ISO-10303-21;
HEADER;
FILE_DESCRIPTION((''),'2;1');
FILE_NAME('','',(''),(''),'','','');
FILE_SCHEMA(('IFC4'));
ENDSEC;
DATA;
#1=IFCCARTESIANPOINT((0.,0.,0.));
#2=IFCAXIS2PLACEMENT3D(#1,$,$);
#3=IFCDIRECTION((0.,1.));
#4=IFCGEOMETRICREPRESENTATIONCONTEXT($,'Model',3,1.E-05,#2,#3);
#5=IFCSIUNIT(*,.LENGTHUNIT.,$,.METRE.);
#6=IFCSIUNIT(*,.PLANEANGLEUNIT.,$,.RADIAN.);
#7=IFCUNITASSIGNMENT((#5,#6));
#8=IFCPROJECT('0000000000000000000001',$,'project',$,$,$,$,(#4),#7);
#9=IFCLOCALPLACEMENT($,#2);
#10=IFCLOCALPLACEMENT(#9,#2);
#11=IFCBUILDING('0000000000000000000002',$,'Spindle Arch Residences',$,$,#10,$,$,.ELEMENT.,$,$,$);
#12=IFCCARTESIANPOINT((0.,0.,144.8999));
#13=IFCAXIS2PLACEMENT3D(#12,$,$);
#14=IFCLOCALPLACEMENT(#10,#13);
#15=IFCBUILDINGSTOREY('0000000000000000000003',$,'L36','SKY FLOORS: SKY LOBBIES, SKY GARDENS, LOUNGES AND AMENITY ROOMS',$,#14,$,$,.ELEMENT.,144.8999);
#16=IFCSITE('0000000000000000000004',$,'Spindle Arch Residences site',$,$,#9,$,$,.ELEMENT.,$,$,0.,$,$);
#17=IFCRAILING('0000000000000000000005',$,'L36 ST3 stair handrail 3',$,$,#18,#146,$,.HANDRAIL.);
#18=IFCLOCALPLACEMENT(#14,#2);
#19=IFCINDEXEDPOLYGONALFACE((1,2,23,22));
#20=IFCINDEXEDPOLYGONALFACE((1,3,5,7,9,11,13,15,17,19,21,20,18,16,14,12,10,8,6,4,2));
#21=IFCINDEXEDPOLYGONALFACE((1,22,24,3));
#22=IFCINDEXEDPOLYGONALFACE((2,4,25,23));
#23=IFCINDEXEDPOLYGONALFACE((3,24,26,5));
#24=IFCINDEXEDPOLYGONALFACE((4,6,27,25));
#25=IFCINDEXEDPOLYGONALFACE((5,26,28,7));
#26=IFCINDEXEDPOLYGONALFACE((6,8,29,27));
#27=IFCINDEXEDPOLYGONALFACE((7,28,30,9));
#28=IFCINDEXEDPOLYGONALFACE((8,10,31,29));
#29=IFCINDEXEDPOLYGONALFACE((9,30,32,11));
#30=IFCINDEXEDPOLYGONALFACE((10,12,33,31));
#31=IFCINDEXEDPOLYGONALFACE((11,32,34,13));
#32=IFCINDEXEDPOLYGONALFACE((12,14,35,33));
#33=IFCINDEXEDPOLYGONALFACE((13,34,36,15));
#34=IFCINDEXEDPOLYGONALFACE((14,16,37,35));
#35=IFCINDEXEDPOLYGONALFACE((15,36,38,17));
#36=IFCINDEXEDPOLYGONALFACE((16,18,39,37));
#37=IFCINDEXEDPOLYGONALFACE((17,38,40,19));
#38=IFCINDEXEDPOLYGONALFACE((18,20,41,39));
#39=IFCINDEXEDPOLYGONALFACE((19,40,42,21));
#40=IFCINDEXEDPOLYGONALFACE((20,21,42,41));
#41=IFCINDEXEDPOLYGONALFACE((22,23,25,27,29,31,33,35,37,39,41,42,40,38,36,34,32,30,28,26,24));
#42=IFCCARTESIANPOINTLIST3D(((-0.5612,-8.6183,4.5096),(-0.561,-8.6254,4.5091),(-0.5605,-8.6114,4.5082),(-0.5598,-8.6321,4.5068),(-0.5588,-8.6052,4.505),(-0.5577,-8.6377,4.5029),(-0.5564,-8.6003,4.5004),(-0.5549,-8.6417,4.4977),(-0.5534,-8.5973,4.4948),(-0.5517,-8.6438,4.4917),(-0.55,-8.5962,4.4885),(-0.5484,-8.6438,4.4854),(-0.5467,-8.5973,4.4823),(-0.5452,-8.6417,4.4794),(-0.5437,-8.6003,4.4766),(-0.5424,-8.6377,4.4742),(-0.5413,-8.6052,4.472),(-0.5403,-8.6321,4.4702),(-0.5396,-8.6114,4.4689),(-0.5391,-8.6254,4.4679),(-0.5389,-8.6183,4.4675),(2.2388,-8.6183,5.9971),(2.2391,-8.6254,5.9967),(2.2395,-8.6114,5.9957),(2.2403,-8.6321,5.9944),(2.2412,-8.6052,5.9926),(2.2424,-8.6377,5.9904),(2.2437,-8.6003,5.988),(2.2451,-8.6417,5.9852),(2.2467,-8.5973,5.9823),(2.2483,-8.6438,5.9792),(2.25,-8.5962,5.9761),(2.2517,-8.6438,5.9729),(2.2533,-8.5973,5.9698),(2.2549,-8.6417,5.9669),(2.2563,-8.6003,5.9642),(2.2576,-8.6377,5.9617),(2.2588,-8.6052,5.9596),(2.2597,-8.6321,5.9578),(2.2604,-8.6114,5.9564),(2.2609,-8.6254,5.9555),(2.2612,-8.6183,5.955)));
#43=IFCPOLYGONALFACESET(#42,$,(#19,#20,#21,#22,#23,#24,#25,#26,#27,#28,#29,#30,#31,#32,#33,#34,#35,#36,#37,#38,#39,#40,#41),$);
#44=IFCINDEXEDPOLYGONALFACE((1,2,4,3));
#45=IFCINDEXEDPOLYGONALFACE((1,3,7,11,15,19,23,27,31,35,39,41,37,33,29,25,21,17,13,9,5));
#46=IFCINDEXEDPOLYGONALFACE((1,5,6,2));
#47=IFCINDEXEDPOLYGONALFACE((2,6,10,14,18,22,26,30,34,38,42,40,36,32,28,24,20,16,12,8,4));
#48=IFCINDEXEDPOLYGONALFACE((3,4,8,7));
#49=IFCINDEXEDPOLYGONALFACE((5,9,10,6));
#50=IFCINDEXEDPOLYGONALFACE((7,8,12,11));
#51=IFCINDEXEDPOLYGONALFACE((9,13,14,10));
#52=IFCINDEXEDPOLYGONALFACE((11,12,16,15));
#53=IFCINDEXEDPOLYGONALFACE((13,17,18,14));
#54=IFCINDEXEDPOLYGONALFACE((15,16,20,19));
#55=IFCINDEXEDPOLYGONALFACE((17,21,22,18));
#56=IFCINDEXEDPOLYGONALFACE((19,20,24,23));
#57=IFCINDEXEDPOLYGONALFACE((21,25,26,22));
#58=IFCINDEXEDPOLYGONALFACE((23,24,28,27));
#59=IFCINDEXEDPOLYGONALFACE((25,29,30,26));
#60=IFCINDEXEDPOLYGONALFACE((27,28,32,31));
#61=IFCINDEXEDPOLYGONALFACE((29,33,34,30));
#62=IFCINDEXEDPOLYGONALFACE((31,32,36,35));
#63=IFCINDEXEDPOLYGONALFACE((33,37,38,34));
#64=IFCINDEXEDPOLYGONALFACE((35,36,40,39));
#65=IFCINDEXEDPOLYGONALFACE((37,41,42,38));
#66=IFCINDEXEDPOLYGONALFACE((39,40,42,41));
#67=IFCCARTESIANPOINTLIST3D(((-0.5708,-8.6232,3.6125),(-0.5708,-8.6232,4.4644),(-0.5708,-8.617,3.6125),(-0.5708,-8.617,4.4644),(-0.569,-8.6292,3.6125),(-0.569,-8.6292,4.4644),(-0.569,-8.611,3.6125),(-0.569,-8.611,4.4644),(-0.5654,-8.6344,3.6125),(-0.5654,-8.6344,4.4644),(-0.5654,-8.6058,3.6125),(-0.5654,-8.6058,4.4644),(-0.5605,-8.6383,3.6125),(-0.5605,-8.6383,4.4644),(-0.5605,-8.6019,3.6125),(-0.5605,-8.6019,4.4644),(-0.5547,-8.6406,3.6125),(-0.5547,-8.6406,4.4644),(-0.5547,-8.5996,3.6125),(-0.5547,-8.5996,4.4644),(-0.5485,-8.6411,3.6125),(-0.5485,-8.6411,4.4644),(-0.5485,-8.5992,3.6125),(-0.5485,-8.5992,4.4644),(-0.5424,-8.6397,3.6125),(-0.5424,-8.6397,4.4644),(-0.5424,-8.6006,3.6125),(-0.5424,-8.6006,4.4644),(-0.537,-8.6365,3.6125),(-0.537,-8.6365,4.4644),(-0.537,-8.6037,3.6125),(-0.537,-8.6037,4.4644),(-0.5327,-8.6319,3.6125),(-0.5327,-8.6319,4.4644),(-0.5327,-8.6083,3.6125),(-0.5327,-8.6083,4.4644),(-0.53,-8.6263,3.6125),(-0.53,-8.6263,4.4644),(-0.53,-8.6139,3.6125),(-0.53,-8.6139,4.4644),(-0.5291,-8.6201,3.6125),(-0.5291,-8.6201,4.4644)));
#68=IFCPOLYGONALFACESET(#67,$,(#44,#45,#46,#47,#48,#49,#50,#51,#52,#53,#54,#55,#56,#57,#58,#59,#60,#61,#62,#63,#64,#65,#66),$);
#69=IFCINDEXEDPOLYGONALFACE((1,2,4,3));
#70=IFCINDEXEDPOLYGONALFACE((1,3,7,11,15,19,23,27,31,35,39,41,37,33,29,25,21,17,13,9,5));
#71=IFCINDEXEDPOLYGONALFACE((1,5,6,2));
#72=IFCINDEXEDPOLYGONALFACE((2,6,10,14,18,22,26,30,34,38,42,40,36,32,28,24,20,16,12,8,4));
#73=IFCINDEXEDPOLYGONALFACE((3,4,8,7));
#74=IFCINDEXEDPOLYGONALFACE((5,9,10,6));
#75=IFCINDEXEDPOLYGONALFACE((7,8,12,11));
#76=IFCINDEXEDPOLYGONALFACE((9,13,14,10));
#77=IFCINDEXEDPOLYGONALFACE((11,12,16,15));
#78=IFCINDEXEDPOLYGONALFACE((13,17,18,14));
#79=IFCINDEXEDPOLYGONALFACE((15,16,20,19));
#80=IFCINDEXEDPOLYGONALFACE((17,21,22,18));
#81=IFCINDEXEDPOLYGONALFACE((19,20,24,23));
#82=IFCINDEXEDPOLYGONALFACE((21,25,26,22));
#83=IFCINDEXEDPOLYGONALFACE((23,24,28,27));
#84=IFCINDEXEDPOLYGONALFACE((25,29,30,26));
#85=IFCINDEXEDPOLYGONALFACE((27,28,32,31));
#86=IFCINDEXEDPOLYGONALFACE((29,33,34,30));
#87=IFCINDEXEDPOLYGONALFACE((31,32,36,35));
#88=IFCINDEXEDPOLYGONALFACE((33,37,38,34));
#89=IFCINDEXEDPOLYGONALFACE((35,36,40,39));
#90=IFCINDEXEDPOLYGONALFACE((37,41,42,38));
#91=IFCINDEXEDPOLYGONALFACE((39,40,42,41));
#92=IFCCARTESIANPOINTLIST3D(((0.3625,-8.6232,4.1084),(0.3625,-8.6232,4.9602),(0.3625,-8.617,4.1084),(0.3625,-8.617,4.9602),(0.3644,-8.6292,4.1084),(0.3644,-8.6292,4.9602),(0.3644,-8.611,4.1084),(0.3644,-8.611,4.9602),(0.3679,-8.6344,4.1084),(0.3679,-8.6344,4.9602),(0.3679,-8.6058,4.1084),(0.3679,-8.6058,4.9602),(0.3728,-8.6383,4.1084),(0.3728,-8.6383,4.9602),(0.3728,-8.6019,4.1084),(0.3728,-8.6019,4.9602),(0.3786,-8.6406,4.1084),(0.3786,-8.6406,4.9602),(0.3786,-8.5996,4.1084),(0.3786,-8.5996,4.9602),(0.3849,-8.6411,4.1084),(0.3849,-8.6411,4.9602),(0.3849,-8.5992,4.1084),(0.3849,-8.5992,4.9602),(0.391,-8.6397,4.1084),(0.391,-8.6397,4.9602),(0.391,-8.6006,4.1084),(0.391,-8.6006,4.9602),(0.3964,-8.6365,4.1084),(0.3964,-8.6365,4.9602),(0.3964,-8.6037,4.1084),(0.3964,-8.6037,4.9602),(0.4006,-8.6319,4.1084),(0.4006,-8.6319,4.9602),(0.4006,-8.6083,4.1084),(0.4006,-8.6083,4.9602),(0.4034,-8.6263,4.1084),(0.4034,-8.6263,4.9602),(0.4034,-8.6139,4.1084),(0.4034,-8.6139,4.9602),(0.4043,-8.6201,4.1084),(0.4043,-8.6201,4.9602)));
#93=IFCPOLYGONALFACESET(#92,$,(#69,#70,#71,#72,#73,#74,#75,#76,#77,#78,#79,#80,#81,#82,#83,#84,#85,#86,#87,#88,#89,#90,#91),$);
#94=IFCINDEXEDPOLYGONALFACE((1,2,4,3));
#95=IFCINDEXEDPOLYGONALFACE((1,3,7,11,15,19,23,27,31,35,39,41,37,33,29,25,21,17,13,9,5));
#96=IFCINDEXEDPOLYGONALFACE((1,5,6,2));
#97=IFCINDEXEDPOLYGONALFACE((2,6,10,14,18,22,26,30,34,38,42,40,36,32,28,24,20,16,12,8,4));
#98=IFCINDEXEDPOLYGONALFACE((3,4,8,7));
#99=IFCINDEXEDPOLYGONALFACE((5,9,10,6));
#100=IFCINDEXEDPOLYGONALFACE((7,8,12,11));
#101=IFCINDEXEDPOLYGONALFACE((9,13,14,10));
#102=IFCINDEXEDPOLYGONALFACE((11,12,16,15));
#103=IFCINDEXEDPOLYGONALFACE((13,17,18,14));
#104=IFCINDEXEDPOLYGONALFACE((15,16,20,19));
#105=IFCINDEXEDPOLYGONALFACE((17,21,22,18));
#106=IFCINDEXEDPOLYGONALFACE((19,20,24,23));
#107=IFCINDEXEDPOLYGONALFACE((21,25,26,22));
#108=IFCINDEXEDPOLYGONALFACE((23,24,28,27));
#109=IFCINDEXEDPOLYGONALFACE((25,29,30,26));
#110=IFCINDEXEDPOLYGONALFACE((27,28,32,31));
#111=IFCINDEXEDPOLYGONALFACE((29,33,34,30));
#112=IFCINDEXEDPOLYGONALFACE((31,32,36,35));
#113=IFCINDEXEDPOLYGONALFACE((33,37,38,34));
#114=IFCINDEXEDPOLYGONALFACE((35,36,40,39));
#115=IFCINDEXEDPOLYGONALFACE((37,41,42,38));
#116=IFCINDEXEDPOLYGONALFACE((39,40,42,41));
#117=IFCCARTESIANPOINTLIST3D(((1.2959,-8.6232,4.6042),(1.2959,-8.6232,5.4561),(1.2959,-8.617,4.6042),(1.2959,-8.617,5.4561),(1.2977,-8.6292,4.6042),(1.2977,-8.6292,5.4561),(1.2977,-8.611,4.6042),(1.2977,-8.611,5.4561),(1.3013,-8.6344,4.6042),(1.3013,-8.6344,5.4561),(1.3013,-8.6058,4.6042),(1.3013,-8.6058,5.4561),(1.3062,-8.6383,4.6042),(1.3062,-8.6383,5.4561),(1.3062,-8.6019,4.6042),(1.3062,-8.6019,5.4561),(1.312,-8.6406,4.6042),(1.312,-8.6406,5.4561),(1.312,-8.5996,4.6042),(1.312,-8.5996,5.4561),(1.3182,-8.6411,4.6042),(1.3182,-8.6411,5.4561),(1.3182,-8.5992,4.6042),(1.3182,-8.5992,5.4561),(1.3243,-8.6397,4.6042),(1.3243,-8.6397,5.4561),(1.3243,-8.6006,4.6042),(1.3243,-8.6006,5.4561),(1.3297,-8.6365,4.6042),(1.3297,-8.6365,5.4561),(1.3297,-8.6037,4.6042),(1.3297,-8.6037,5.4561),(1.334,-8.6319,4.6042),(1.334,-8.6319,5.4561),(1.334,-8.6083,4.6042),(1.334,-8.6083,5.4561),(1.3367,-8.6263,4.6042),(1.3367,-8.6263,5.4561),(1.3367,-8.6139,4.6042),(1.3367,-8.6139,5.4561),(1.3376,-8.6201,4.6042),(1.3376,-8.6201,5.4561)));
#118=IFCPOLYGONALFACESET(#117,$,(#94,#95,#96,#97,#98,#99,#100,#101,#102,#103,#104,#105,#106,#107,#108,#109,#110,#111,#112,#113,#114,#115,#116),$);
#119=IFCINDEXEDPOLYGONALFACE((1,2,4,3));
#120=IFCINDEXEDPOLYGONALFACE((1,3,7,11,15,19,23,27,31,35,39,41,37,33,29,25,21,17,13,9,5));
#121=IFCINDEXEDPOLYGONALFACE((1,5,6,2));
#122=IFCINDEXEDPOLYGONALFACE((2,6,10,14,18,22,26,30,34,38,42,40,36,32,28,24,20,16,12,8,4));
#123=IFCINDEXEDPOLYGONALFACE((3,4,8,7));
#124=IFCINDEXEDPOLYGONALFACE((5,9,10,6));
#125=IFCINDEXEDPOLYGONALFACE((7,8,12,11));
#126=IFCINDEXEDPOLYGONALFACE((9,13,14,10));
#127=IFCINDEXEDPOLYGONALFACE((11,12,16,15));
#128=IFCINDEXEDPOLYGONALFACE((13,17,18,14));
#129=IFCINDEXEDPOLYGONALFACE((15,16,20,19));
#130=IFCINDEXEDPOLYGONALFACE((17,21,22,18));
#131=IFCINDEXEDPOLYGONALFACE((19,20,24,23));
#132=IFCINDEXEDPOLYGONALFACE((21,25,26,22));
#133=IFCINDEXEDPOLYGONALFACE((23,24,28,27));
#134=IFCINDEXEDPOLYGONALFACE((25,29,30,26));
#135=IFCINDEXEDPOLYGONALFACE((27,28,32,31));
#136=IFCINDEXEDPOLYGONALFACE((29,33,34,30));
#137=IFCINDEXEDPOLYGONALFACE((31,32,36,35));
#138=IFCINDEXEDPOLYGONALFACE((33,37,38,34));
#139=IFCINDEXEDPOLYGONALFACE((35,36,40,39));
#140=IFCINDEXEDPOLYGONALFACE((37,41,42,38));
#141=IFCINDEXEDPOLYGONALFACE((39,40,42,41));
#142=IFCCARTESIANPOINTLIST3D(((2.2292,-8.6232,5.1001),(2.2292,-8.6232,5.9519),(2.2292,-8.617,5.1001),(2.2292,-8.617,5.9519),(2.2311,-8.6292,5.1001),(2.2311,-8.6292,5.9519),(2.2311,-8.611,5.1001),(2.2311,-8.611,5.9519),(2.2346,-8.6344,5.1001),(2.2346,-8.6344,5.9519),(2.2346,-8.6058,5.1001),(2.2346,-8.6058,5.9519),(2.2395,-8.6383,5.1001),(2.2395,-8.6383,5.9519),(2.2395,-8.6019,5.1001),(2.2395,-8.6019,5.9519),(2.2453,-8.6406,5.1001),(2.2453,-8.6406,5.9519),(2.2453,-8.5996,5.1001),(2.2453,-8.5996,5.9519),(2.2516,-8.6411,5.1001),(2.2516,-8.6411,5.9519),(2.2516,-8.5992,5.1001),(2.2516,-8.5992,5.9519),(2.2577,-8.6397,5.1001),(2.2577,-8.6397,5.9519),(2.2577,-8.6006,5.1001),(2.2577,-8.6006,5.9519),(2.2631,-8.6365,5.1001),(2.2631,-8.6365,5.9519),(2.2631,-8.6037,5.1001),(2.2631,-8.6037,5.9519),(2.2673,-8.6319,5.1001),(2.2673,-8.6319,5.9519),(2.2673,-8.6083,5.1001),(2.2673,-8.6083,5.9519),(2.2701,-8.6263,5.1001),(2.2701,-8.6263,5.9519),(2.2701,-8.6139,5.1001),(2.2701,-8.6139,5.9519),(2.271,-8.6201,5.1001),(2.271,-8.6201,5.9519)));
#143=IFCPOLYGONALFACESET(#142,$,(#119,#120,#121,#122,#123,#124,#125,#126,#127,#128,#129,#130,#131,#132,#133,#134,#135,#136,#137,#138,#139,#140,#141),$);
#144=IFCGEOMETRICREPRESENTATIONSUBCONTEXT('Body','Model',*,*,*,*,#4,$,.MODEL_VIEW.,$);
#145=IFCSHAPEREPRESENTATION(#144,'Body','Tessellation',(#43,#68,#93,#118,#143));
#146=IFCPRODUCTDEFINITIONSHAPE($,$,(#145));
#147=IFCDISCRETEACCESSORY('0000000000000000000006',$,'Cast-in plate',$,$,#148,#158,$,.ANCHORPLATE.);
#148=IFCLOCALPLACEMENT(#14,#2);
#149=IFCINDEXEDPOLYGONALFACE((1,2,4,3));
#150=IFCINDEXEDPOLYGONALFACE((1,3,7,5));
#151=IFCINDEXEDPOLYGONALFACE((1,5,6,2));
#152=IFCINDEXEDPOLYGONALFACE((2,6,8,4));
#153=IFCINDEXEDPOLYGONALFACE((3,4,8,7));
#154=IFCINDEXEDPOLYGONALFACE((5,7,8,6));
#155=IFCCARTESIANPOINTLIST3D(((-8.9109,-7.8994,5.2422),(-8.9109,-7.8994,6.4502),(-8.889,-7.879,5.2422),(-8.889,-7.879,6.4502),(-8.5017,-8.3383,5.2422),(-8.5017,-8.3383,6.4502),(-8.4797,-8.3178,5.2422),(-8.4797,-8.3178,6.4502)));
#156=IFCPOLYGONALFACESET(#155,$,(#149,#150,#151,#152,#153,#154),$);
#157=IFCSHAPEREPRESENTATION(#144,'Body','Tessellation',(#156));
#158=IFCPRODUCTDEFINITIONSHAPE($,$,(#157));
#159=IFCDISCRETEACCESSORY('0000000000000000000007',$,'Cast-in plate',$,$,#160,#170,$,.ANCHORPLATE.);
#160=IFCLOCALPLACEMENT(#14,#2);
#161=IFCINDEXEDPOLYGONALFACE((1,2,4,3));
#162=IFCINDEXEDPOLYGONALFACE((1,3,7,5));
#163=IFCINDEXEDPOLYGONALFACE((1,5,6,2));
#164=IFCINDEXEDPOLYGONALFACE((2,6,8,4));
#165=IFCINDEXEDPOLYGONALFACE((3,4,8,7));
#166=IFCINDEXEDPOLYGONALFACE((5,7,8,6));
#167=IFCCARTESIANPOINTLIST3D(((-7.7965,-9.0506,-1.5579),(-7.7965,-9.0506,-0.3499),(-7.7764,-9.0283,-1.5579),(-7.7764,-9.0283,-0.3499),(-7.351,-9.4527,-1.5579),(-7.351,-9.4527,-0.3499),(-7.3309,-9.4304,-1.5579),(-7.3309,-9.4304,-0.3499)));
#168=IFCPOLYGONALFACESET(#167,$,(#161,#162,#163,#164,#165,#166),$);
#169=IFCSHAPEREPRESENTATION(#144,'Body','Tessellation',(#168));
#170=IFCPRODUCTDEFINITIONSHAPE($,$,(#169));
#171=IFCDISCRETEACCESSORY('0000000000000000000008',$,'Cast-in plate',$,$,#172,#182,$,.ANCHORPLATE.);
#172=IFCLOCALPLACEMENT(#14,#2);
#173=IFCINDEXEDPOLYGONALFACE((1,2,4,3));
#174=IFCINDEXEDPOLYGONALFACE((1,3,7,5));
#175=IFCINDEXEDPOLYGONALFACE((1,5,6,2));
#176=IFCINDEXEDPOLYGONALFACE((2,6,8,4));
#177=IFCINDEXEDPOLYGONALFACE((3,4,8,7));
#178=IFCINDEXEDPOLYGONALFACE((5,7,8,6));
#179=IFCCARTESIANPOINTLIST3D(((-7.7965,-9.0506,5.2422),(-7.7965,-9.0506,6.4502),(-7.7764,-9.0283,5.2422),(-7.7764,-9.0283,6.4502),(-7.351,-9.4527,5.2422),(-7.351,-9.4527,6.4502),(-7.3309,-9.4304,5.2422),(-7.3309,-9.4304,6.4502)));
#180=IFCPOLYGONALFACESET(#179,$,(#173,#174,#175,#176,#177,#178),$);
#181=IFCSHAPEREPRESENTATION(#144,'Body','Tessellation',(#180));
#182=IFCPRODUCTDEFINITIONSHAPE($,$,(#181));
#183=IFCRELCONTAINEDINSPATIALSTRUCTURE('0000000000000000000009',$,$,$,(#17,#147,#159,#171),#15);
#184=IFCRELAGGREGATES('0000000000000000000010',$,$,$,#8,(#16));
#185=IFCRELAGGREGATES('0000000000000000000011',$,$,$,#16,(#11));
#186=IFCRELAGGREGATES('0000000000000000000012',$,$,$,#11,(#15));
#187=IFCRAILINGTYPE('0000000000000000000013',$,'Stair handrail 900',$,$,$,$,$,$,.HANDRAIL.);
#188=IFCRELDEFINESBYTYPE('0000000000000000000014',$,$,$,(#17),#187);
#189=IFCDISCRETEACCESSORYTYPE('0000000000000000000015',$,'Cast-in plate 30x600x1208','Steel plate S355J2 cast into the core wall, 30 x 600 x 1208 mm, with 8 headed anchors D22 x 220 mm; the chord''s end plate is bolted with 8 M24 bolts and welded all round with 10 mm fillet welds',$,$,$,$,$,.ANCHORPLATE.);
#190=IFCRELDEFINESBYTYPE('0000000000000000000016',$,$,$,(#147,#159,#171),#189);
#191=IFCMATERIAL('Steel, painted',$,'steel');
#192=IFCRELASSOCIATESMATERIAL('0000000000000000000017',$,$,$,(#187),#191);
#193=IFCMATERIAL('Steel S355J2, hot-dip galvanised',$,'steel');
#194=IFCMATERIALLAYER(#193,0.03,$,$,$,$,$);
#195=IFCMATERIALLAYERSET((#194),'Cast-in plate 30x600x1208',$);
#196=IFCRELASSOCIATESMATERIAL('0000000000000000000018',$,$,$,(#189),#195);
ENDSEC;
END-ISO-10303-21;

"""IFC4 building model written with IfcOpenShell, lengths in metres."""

from ifc_helpers import new_model, si_unit, direction, frame, origin, origin_2d, place, context, subcontext, project, spatial, rectangle, circle, extrude, material, layer, layer_set, type_object, element, save


model = new_model("IFC4")

# Units and contexts
model_context = context("Model", 3, precision=1e-05, world=origin(), true_north=direction((0.0, 1.0)))
body_context = subcontext(model_context, "Body", "Model", "MODEL_VIEW")
ifc_project = project(units=[si_unit("LENGTHUNIT", "METRE"), si_unit("PLANEANGLEUNIT", "RADIAN")], contexts=[model_context])

# Site, building, storey
site_placement = place(None, origin())
site = spatial("IfcSite", under=ifc_project, at=site_placement, Name="Spindle Arch Residences site", CompositionType="ELEMENT", RefElevation=0.0)
building_placement = place(site_placement, origin())
building = spatial("IfcBuilding", under=site, at=building_placement, Name="Spindle Arch Residences", CompositionType="ELEMENT")
storey_placement = place(building_placement, frame((0.0, 0.0, 144.8999)))
storey = spatial("IfcBuildingStorey", under=building, at=storey_placement, Name="L36", Description="SKY FLOORS: SKY LOBBIES, SKY GARDENS, LOUNGES AND AMENITY ROOMS", CompositionType="ELEMENT", Elevation=144.8999)

# Railing
ifc_material_1 = material(Name="Steel, painted", Category="steel")
railing_type_1 = type_object("IfcRailingType", Name="Stair handrail 900", PredefinedType="HANDRAIL", material=ifc_material_1)
for number, where, name in (
    (1, (-0.55, -8.6201, 3.6125), "L36 ST3 stair handrail 3"),
):
    element("IfcRailing", number, at=place(storey_placement, frame(where)), inside=storey, type_object=railing_type_1, Name=name, PredefinedType="HANDRAIL", context=body_context, shape_type="SweptSolid", body=[
        extrude(circle(Radius=0.0239, at=origin_2d()), frame((0.0, 0.0, 0.876), z_axis=(0.883113, 0.0, 0.469161), x_axis=(0.0, 1.0, 0.0)), (0.0, 0.0, 1.0), 3.1707),
        extrude(circle(Radius=0.021, at=origin_2d()), origin(), (0.0, 0.0, 1.0), 0.8518),
        extrude(circle(Radius=0.021, at=origin_2d()), frame((0.9333, 0.0, 0.4958)), (0.0, 0.0, 1.0), 0.8518),
        extrude(circle(Radius=0.021, at=origin_2d()), frame((1.8667, 0.0, 0.9917)), (0.0, 0.0, 1.0), 0.8518),
        extrude(circle(Radius=0.021, at=origin_2d()), frame((2.8, 0.0, 1.4875)), (0.0, 0.0, 1.0), 0.8518),
    ])

# Discrete accessories
ifc_material_2 = material(Name="Steel S355J2, hot-dip galvanised", Category="steel")
ifc_layer_1 = layer(ifc_material_2, 0.03)
ifc_layer_set_1 = layer_set([ifc_layer_1], Name="Cast-in plate 30x600x1208")
discrete_accessory_type = type_object("IfcDiscreteAccessoryType", Name="Cast-in plate 30x600x1208", Description="Steel plate S355J2 cast into the core wall, 30 x 600 x 1208 mm, with 8 headed anchors D22 x 220 mm; the chord's end plate is bolted with 8 M24 bolts and welded all round with 10 mm fillet welds", PredefinedType="ANCHORPLATE", material=ifc_layer_set_1)
for number, where, z_axis, x_axis, name in (
    (2, (-8.6953, -8.1086, 5.2422), (0.0, 0.0, 1.0), (-0.731353, -0.682, 0.0), "Cast-in plate"),
    (3, (-7.5637, -9.2405, -1.5579), (0.0, 0.0, 1.0), (-0.669997, -0.742364, 0.0), "Cast-in plate"),
    (4, (-7.5637, -9.2405, 5.2422), (0.0, 0.0, 1.0), (-0.669997, -0.742364, 0.0), "Cast-in plate"),
):
    element("IfcDiscreteAccessory", number, at=place(storey_placement, frame(where, z_axis=z_axis, x_axis=x_axis)), inside=storey, type_object=discrete_accessory_type, Name=name, PredefinedType="ANCHORPLATE", context=body_context, shape_type="SweptSolid", body=[
        extrude(rectangle(XDim=0.03, YDim=0.6001, at=origin_2d()), origin(), (0.0, 0.0, 1.0), 1.208),
    ])

save(model, "model.ifc")
